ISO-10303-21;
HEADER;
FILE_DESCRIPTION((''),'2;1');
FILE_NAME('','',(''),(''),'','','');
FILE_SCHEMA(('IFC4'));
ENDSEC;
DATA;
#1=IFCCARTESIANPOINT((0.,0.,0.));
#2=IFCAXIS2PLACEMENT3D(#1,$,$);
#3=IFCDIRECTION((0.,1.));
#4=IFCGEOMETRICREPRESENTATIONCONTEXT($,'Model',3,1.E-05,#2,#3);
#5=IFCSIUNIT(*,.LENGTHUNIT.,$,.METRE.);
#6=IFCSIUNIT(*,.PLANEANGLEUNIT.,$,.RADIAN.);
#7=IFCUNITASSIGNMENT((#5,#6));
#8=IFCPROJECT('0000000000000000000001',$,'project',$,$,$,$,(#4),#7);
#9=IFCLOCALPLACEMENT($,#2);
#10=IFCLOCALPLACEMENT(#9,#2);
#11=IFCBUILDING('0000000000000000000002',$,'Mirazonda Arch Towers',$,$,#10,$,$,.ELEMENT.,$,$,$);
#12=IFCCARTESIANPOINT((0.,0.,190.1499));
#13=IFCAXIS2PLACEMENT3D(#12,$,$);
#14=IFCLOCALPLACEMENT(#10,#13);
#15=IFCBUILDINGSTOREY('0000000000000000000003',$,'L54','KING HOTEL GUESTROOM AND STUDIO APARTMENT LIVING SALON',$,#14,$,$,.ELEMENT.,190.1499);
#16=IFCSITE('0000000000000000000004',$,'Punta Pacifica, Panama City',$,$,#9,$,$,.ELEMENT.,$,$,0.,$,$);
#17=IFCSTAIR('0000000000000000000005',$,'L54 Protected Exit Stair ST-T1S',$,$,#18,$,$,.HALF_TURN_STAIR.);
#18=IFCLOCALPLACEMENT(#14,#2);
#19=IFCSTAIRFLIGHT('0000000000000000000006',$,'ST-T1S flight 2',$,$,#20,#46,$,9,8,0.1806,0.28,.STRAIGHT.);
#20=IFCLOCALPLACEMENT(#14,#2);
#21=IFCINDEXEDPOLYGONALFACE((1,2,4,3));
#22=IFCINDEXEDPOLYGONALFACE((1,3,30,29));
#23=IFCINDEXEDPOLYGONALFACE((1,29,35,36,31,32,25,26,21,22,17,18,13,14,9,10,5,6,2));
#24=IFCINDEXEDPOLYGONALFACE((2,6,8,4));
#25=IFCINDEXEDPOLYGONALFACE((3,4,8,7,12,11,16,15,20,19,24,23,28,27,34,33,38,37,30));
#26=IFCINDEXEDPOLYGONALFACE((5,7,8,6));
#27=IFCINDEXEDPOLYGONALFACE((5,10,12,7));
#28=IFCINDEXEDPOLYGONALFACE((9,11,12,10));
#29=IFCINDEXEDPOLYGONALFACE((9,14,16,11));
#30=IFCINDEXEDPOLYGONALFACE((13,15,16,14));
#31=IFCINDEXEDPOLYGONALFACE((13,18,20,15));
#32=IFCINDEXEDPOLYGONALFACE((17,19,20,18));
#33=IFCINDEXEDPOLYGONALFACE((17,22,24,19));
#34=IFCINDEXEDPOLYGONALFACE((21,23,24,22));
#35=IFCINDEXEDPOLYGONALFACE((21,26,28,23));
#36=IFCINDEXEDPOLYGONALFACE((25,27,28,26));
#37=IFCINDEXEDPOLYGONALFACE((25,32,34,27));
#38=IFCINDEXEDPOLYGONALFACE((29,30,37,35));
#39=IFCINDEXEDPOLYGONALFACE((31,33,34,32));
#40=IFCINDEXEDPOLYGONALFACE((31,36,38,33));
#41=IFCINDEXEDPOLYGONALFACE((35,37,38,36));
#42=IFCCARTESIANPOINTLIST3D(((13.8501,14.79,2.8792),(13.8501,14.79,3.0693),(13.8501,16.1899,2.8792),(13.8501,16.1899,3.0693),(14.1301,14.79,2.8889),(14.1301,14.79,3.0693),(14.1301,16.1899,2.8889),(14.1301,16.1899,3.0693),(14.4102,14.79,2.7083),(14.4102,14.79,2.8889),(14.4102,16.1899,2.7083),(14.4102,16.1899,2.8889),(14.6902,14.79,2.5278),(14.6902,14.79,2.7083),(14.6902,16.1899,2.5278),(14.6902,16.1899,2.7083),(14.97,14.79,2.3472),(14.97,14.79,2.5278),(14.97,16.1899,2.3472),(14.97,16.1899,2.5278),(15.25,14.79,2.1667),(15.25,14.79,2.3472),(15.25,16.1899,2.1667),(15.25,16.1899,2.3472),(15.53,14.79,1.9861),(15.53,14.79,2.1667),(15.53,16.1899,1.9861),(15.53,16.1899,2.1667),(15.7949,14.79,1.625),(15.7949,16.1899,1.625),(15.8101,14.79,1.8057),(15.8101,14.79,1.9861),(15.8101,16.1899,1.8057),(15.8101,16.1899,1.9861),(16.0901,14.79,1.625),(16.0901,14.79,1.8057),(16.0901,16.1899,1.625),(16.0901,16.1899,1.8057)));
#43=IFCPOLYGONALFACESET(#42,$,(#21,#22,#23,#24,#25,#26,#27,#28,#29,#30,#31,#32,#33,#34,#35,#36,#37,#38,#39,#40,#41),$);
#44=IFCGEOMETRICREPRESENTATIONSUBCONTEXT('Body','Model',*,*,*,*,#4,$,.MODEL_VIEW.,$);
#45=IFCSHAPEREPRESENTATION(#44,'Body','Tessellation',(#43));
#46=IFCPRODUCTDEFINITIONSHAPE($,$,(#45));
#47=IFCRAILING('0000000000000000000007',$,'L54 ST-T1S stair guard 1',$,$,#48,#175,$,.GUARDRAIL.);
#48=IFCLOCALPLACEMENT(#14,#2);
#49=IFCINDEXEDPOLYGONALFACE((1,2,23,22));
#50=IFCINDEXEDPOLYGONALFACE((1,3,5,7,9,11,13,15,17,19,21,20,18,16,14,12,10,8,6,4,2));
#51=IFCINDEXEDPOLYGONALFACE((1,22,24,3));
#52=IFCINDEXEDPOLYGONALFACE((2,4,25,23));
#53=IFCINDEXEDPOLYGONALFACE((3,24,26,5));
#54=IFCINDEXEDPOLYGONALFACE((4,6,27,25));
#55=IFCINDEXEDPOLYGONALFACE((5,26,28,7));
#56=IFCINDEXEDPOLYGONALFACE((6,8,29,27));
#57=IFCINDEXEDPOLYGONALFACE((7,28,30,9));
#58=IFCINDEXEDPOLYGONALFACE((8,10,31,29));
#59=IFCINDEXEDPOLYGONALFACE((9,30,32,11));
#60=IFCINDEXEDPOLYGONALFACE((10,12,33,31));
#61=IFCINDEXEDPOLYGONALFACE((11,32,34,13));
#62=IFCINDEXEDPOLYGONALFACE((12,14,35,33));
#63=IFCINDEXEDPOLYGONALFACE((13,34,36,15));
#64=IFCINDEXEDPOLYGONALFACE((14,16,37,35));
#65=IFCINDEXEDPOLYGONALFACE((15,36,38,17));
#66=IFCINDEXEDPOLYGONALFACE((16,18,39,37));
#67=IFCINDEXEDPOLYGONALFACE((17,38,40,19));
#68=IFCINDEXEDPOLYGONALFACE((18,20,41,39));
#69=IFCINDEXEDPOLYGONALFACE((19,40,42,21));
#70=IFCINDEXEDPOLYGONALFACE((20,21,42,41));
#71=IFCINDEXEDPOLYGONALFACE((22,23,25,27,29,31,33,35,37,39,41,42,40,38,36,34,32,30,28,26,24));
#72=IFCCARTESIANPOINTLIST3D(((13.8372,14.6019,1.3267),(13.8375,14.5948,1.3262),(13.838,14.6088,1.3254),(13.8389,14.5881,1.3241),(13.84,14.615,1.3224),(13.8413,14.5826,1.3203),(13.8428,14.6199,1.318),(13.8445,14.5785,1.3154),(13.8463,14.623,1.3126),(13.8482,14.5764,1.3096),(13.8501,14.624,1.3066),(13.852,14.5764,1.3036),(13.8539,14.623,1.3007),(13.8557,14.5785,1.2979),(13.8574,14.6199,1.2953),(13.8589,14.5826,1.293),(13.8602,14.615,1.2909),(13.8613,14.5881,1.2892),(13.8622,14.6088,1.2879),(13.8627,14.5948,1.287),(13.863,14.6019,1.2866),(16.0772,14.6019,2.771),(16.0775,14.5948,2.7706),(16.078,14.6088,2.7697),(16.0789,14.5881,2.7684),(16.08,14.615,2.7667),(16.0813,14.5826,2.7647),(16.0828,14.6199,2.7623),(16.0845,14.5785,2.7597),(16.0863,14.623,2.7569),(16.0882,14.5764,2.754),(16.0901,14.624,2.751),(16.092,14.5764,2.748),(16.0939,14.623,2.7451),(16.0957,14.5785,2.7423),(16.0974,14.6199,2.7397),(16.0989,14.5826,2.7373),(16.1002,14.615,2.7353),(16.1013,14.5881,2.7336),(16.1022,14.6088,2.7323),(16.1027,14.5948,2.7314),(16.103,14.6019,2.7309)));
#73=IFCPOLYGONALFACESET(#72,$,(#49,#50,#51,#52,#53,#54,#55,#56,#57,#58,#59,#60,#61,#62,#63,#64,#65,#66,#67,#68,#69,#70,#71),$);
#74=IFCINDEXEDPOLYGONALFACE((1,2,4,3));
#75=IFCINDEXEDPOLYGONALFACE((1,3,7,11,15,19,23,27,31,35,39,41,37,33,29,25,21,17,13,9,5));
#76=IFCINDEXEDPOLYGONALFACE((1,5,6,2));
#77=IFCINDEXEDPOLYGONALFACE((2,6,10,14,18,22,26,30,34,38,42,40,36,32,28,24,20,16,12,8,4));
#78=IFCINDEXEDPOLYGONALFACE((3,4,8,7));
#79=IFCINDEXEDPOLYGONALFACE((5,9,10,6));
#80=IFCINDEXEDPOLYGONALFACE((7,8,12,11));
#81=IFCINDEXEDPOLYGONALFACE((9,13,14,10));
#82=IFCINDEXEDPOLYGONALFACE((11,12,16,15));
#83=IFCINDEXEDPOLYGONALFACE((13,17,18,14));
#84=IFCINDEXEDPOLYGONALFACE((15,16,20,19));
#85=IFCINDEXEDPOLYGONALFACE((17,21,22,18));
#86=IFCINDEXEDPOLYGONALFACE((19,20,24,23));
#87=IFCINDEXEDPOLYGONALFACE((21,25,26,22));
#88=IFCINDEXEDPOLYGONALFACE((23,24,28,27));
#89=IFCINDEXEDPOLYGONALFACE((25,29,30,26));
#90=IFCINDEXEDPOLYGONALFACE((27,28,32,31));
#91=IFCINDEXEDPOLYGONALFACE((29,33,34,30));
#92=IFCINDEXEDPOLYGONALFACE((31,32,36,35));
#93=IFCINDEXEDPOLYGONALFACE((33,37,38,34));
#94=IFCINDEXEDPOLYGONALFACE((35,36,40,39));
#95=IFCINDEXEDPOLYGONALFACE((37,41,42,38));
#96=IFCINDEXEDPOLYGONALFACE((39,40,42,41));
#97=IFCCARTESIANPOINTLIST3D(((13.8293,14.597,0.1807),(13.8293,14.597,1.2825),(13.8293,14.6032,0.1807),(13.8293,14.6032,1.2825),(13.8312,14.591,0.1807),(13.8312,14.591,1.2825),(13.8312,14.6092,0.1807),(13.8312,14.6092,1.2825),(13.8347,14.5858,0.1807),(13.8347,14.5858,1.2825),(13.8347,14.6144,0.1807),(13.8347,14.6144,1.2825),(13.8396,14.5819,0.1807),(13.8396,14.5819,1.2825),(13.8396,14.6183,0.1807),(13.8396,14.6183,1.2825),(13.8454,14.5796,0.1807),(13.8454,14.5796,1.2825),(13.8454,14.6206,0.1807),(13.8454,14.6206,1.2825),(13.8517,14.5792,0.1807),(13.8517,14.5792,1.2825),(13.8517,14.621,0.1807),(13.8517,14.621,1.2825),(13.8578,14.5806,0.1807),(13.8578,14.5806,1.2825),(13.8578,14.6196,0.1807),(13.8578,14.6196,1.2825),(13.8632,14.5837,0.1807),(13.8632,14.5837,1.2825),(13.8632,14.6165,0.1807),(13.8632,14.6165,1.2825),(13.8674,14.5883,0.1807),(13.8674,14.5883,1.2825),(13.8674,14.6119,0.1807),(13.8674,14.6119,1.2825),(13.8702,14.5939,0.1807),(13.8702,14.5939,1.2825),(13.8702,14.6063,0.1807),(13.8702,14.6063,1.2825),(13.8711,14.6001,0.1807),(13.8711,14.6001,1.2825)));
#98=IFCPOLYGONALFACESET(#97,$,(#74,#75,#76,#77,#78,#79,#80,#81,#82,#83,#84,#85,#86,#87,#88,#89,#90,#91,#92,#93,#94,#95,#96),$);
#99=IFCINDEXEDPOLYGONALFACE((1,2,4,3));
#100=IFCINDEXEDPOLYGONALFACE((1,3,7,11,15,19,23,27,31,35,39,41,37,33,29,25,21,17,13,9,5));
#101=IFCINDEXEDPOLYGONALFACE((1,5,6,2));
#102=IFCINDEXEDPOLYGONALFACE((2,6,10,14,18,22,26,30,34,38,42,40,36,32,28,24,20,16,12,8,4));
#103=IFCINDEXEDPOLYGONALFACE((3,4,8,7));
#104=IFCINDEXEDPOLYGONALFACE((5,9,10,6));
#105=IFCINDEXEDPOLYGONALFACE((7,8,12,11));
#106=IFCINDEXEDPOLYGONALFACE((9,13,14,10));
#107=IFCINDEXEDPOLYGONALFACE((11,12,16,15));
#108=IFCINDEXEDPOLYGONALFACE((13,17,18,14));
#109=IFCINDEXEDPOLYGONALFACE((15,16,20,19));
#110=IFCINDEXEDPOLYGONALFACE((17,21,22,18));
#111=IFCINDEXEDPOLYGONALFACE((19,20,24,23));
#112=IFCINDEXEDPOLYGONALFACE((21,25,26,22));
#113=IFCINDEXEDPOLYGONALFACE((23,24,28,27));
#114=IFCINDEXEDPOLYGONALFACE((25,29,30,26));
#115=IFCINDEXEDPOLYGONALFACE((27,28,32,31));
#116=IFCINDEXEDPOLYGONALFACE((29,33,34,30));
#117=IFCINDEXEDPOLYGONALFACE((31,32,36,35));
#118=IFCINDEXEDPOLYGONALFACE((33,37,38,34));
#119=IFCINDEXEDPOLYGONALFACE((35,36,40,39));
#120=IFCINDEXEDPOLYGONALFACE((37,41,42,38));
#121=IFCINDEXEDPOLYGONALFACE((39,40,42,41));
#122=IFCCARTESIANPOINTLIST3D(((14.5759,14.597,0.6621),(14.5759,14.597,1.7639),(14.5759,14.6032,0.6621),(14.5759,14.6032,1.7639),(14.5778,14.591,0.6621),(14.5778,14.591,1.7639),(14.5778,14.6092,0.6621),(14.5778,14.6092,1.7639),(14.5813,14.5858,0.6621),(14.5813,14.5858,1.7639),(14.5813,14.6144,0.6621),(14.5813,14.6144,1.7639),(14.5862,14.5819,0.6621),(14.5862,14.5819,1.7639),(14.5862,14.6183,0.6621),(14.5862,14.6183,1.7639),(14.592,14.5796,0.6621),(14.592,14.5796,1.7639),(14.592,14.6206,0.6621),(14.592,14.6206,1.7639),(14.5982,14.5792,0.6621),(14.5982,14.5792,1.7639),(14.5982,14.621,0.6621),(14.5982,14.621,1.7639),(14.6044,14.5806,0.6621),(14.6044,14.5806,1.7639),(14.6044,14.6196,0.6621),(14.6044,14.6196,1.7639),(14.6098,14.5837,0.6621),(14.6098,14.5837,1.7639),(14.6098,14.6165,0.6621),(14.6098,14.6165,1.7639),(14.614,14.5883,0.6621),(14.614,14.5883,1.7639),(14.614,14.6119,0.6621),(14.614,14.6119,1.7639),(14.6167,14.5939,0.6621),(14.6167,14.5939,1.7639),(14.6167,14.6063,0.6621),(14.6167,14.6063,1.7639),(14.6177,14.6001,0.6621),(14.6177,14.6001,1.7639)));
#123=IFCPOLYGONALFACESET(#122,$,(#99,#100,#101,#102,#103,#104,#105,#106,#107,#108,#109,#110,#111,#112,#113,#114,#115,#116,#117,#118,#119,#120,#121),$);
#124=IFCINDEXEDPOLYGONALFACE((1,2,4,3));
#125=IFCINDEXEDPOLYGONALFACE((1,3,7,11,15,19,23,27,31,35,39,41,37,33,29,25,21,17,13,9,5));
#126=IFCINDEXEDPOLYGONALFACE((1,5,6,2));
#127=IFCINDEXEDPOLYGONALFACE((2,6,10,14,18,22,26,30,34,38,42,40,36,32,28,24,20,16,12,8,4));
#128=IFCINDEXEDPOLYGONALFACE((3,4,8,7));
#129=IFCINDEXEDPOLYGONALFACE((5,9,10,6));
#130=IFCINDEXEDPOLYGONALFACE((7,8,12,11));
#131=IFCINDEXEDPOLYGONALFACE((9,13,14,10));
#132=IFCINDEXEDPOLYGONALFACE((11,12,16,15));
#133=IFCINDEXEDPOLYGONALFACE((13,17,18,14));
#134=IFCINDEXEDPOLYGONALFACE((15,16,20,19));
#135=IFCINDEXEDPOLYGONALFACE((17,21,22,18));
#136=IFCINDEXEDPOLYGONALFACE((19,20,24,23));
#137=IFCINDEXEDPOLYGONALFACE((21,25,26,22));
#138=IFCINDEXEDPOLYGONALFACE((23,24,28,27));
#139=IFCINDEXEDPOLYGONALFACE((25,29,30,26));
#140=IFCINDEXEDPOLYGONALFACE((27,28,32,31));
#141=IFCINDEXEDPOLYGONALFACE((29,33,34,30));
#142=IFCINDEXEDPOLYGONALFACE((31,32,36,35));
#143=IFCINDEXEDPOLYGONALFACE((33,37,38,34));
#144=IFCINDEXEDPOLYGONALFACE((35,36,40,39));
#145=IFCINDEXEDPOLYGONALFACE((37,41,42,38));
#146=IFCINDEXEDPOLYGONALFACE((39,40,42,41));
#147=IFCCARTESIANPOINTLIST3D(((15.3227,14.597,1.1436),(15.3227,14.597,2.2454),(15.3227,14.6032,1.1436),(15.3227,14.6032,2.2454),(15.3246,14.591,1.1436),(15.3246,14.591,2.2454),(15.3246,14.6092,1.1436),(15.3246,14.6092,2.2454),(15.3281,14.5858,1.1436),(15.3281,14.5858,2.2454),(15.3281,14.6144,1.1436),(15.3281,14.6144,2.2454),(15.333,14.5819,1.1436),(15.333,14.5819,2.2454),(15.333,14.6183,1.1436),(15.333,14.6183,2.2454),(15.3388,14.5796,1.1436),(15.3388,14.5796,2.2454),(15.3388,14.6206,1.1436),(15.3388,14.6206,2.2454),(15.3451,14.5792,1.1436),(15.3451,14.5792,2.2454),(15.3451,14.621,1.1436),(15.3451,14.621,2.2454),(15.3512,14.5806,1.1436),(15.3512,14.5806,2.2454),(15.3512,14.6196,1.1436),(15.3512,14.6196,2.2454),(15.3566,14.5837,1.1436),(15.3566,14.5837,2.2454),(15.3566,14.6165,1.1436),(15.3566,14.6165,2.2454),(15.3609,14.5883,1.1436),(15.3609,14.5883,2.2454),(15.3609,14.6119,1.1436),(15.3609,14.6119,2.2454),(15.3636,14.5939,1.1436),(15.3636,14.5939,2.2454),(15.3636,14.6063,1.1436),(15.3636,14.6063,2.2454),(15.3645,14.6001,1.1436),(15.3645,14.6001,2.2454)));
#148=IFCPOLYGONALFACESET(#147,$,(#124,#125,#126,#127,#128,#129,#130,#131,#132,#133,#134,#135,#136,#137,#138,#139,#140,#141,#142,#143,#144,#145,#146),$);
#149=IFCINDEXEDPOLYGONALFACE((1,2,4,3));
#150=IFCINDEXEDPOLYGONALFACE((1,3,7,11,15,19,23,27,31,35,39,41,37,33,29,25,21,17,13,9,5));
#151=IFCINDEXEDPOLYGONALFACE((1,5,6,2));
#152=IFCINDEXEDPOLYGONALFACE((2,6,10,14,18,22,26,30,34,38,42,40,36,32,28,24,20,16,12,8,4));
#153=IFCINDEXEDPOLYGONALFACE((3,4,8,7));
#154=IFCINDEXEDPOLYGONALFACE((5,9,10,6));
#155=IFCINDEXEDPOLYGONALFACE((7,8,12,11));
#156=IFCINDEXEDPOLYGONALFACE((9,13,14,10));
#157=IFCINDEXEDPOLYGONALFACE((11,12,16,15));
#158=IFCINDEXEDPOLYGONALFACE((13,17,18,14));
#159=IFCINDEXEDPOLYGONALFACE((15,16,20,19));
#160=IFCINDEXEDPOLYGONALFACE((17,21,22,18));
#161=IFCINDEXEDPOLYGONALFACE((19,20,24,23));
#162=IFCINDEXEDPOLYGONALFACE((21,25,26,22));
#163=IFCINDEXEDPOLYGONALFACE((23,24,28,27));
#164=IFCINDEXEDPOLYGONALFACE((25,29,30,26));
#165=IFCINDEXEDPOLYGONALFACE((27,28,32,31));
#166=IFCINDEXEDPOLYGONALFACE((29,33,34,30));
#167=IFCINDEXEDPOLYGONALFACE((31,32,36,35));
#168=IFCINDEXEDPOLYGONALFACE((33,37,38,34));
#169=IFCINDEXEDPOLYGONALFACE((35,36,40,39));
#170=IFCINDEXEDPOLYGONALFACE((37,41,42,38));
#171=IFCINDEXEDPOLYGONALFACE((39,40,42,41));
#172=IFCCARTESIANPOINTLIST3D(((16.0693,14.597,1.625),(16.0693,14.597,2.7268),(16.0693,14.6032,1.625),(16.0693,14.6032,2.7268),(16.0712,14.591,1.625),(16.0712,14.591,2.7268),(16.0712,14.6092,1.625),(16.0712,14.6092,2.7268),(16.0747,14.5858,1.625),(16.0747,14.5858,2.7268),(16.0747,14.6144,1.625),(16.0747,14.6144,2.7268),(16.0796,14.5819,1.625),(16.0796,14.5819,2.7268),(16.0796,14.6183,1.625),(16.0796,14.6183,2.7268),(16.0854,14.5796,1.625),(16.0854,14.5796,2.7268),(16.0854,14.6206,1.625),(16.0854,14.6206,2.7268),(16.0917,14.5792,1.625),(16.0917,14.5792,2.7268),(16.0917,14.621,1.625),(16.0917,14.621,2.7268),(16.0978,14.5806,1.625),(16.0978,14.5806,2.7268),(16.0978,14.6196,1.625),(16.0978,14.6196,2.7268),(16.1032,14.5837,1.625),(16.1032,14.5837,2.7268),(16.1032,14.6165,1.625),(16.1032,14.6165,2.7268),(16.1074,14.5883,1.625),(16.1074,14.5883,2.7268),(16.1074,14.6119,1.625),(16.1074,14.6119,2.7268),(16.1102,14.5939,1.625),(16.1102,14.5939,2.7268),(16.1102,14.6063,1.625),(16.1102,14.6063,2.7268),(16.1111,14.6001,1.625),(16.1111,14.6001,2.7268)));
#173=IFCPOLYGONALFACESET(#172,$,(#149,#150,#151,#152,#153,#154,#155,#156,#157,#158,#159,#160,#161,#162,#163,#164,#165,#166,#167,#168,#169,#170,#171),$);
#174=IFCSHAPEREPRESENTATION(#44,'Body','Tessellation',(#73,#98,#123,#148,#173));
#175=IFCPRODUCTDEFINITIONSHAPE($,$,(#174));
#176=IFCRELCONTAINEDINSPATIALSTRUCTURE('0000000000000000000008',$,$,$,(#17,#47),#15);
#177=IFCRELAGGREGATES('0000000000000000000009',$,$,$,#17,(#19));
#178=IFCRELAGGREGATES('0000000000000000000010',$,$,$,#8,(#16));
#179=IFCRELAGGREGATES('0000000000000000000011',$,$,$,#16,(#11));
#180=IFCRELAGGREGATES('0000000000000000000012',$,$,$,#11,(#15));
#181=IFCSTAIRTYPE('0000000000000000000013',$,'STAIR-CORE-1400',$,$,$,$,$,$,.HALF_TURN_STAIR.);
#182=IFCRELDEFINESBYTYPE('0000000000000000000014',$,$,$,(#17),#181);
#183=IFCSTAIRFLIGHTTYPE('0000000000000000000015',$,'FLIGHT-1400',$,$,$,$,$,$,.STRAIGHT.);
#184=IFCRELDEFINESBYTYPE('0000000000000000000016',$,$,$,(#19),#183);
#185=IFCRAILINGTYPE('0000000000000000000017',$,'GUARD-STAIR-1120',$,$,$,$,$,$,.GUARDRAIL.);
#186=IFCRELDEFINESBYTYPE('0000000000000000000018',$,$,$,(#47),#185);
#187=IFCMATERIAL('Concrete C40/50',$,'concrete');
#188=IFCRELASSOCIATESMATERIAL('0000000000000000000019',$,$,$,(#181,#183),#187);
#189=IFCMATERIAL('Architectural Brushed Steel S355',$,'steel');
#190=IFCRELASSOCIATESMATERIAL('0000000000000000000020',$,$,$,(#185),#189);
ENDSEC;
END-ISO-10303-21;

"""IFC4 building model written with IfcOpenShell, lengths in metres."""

from ifc_helpers import new_model, si_unit, direction, frame, origin, origin_2d, place, context, subcontext, project, spatial, polyline, circle, outline, extrude, material, type_object, element, aggregate, save


model = new_model("IFC4")

# Units and contexts
model_context = context("Model", 3, precision=1e-05, world=origin(), true_north=direction((0.0, 1.0)))
body_context = subcontext(model_context, "Body", "Model", "MODEL_VIEW")
ifc_project = project(units=[si_unit("LENGTHUNIT", "METRE"), si_unit("PLANEANGLEUNIT", "RADIAN")], contexts=[model_context])

# Site, building, storey
site_placement = place(None, origin())
site = spatial("IfcSite", under=ifc_project, at=site_placement, Name="Punta Pacifica, Panama City", CompositionType="ELEMENT", RefElevation=0.0)
building_placement = place(site_placement, origin())
building = spatial("IfcBuilding", under=site, at=building_placement, Name="Mirazonda Arch Towers", CompositionType="ELEMENT")
storey_placement = place(building_placement, frame((0.0, 0.0, 190.1499)))
storey = spatial("IfcBuildingStorey", under=building, at=storey_placement, Name="L54", Description="KING HOTEL GUESTROOM AND STUDIO APARTMENT LIVING SALON", CompositionType="ELEMENT", Elevation=190.1499)

# Shared definitions
ifc_material_1 = material(Name="Concrete C40/50", Category="concrete")

# Shared definitions
ifc_material_2 = material(Name="Architectural Brushed Steel S355", Category="steel")

# Stair, stair flight
stair_type = type_object("IfcStairType", Name="STAIR-CORE-1400", PredefinedType="HALF_TURN_STAIR", material=ifc_material_1)
stair_placement = place(storey_placement, origin())
stair = element("IfcStair", 1, at=stair_placement, inside=storey, type_object=stair_type, Name="L54 Protected Exit Stair ST-T1S", PredefinedType="HALF_TURN_STAIR")
stair_flight_type = type_object("IfcStairFlightType", Name="FLIGHT-1400", PredefinedType="STRAIGHT", material=ifc_material_1)
stair_flight_placement = place(storey_placement, frame((16.0901, 15.49, 1.625), z_axis=(0.0, 0.0, 1.0), x_axis=(-1.0, 0.0, 0.0)))
stair_flight = element("IfcStairFlight", 2, at=stair_flight_placement, type_object=stair_flight_type, Name="ST-T1S flight 2", NumberOfRisers=9, NumberOfTreads=8, PredefinedType="STRAIGHT", RiserHeight=0.1806, TreadLength=0.28, context=body_context, shape_type="SweptSolid", body=[
    extrude(outline(polyline([(0.0, 0.0), (0.0, 0.1807), (0.28, 0.1807), (0.28, 0.3611), (0.5601, 0.3611), (0.5601, 0.5417), (0.8401, 0.5417), (0.8401, 0.7222), (1.1201, 0.7222), (1.1201, 0.9028), (1.3999, 0.9028), (1.3999, 1.0833), (1.6799, 1.0833), (1.6799, 1.2639), (1.96, 1.2639), (1.96, 1.4443), (2.24, 1.4443), (2.24, 1.625), (2.24, 1.2542), (0.2952, 0.0), (0.0, 0.0)])), frame((0.0, 0.7, 0.0), z_axis=(0.0, -1.0, 0.0), x_axis=(1.0, 0.0, 0.0)), (0.0, 0.0, 1.0), 1.3999),
])
aggregate(stair, [stair_flight])

# Railing
railing_type_1 = type_object("IfcRailingType", Name="GUARD-STAIR-1120", PredefinedType="GUARDRAIL", material=ifc_material_2)
railing_1_placement = place(storey_placement, frame((13.8501, 14.6001, 0.1807)))
element("IfcRailing", 3, at=railing_1_placement, inside=storey, type_object=railing_type_1, Name="L54 ST-T1S stair guard 1", PredefinedType="GUARDRAIL", context=body_context, shape_type="SweptSolid", body=[
    extrude(circle(Radius=0.0239, at=origin_2d()), frame((0.0, 0.0, 1.126), z_axis=(0.840437, 0.0, 0.54191), x_axis=(0.0, 1.0, 0.0)), (0.0, 0.0, 1.0), 2.6653),
    extrude(circle(Radius=0.021, at=origin_2d()), origin(), (0.0, 0.0, 1.0), 1.1018),
    extrude(circle(Radius=0.021, at=origin_2d()), frame((0.7466, 0.0, 0.4814)), (0.0, 0.0, 1.0), 1.1018),
    extrude(circle(Radius=0.021, at=origin_2d()), frame((1.4934, 0.0, 0.9629)), (0.0, 0.0, 1.0), 1.1018),
    extrude(circle(Radius=0.021, at=origin_2d()), frame((2.24, 0.0, 1.4443)), (0.0, 0.0, 1.0), 1.1018),
])

save(model, "model.ifc")
